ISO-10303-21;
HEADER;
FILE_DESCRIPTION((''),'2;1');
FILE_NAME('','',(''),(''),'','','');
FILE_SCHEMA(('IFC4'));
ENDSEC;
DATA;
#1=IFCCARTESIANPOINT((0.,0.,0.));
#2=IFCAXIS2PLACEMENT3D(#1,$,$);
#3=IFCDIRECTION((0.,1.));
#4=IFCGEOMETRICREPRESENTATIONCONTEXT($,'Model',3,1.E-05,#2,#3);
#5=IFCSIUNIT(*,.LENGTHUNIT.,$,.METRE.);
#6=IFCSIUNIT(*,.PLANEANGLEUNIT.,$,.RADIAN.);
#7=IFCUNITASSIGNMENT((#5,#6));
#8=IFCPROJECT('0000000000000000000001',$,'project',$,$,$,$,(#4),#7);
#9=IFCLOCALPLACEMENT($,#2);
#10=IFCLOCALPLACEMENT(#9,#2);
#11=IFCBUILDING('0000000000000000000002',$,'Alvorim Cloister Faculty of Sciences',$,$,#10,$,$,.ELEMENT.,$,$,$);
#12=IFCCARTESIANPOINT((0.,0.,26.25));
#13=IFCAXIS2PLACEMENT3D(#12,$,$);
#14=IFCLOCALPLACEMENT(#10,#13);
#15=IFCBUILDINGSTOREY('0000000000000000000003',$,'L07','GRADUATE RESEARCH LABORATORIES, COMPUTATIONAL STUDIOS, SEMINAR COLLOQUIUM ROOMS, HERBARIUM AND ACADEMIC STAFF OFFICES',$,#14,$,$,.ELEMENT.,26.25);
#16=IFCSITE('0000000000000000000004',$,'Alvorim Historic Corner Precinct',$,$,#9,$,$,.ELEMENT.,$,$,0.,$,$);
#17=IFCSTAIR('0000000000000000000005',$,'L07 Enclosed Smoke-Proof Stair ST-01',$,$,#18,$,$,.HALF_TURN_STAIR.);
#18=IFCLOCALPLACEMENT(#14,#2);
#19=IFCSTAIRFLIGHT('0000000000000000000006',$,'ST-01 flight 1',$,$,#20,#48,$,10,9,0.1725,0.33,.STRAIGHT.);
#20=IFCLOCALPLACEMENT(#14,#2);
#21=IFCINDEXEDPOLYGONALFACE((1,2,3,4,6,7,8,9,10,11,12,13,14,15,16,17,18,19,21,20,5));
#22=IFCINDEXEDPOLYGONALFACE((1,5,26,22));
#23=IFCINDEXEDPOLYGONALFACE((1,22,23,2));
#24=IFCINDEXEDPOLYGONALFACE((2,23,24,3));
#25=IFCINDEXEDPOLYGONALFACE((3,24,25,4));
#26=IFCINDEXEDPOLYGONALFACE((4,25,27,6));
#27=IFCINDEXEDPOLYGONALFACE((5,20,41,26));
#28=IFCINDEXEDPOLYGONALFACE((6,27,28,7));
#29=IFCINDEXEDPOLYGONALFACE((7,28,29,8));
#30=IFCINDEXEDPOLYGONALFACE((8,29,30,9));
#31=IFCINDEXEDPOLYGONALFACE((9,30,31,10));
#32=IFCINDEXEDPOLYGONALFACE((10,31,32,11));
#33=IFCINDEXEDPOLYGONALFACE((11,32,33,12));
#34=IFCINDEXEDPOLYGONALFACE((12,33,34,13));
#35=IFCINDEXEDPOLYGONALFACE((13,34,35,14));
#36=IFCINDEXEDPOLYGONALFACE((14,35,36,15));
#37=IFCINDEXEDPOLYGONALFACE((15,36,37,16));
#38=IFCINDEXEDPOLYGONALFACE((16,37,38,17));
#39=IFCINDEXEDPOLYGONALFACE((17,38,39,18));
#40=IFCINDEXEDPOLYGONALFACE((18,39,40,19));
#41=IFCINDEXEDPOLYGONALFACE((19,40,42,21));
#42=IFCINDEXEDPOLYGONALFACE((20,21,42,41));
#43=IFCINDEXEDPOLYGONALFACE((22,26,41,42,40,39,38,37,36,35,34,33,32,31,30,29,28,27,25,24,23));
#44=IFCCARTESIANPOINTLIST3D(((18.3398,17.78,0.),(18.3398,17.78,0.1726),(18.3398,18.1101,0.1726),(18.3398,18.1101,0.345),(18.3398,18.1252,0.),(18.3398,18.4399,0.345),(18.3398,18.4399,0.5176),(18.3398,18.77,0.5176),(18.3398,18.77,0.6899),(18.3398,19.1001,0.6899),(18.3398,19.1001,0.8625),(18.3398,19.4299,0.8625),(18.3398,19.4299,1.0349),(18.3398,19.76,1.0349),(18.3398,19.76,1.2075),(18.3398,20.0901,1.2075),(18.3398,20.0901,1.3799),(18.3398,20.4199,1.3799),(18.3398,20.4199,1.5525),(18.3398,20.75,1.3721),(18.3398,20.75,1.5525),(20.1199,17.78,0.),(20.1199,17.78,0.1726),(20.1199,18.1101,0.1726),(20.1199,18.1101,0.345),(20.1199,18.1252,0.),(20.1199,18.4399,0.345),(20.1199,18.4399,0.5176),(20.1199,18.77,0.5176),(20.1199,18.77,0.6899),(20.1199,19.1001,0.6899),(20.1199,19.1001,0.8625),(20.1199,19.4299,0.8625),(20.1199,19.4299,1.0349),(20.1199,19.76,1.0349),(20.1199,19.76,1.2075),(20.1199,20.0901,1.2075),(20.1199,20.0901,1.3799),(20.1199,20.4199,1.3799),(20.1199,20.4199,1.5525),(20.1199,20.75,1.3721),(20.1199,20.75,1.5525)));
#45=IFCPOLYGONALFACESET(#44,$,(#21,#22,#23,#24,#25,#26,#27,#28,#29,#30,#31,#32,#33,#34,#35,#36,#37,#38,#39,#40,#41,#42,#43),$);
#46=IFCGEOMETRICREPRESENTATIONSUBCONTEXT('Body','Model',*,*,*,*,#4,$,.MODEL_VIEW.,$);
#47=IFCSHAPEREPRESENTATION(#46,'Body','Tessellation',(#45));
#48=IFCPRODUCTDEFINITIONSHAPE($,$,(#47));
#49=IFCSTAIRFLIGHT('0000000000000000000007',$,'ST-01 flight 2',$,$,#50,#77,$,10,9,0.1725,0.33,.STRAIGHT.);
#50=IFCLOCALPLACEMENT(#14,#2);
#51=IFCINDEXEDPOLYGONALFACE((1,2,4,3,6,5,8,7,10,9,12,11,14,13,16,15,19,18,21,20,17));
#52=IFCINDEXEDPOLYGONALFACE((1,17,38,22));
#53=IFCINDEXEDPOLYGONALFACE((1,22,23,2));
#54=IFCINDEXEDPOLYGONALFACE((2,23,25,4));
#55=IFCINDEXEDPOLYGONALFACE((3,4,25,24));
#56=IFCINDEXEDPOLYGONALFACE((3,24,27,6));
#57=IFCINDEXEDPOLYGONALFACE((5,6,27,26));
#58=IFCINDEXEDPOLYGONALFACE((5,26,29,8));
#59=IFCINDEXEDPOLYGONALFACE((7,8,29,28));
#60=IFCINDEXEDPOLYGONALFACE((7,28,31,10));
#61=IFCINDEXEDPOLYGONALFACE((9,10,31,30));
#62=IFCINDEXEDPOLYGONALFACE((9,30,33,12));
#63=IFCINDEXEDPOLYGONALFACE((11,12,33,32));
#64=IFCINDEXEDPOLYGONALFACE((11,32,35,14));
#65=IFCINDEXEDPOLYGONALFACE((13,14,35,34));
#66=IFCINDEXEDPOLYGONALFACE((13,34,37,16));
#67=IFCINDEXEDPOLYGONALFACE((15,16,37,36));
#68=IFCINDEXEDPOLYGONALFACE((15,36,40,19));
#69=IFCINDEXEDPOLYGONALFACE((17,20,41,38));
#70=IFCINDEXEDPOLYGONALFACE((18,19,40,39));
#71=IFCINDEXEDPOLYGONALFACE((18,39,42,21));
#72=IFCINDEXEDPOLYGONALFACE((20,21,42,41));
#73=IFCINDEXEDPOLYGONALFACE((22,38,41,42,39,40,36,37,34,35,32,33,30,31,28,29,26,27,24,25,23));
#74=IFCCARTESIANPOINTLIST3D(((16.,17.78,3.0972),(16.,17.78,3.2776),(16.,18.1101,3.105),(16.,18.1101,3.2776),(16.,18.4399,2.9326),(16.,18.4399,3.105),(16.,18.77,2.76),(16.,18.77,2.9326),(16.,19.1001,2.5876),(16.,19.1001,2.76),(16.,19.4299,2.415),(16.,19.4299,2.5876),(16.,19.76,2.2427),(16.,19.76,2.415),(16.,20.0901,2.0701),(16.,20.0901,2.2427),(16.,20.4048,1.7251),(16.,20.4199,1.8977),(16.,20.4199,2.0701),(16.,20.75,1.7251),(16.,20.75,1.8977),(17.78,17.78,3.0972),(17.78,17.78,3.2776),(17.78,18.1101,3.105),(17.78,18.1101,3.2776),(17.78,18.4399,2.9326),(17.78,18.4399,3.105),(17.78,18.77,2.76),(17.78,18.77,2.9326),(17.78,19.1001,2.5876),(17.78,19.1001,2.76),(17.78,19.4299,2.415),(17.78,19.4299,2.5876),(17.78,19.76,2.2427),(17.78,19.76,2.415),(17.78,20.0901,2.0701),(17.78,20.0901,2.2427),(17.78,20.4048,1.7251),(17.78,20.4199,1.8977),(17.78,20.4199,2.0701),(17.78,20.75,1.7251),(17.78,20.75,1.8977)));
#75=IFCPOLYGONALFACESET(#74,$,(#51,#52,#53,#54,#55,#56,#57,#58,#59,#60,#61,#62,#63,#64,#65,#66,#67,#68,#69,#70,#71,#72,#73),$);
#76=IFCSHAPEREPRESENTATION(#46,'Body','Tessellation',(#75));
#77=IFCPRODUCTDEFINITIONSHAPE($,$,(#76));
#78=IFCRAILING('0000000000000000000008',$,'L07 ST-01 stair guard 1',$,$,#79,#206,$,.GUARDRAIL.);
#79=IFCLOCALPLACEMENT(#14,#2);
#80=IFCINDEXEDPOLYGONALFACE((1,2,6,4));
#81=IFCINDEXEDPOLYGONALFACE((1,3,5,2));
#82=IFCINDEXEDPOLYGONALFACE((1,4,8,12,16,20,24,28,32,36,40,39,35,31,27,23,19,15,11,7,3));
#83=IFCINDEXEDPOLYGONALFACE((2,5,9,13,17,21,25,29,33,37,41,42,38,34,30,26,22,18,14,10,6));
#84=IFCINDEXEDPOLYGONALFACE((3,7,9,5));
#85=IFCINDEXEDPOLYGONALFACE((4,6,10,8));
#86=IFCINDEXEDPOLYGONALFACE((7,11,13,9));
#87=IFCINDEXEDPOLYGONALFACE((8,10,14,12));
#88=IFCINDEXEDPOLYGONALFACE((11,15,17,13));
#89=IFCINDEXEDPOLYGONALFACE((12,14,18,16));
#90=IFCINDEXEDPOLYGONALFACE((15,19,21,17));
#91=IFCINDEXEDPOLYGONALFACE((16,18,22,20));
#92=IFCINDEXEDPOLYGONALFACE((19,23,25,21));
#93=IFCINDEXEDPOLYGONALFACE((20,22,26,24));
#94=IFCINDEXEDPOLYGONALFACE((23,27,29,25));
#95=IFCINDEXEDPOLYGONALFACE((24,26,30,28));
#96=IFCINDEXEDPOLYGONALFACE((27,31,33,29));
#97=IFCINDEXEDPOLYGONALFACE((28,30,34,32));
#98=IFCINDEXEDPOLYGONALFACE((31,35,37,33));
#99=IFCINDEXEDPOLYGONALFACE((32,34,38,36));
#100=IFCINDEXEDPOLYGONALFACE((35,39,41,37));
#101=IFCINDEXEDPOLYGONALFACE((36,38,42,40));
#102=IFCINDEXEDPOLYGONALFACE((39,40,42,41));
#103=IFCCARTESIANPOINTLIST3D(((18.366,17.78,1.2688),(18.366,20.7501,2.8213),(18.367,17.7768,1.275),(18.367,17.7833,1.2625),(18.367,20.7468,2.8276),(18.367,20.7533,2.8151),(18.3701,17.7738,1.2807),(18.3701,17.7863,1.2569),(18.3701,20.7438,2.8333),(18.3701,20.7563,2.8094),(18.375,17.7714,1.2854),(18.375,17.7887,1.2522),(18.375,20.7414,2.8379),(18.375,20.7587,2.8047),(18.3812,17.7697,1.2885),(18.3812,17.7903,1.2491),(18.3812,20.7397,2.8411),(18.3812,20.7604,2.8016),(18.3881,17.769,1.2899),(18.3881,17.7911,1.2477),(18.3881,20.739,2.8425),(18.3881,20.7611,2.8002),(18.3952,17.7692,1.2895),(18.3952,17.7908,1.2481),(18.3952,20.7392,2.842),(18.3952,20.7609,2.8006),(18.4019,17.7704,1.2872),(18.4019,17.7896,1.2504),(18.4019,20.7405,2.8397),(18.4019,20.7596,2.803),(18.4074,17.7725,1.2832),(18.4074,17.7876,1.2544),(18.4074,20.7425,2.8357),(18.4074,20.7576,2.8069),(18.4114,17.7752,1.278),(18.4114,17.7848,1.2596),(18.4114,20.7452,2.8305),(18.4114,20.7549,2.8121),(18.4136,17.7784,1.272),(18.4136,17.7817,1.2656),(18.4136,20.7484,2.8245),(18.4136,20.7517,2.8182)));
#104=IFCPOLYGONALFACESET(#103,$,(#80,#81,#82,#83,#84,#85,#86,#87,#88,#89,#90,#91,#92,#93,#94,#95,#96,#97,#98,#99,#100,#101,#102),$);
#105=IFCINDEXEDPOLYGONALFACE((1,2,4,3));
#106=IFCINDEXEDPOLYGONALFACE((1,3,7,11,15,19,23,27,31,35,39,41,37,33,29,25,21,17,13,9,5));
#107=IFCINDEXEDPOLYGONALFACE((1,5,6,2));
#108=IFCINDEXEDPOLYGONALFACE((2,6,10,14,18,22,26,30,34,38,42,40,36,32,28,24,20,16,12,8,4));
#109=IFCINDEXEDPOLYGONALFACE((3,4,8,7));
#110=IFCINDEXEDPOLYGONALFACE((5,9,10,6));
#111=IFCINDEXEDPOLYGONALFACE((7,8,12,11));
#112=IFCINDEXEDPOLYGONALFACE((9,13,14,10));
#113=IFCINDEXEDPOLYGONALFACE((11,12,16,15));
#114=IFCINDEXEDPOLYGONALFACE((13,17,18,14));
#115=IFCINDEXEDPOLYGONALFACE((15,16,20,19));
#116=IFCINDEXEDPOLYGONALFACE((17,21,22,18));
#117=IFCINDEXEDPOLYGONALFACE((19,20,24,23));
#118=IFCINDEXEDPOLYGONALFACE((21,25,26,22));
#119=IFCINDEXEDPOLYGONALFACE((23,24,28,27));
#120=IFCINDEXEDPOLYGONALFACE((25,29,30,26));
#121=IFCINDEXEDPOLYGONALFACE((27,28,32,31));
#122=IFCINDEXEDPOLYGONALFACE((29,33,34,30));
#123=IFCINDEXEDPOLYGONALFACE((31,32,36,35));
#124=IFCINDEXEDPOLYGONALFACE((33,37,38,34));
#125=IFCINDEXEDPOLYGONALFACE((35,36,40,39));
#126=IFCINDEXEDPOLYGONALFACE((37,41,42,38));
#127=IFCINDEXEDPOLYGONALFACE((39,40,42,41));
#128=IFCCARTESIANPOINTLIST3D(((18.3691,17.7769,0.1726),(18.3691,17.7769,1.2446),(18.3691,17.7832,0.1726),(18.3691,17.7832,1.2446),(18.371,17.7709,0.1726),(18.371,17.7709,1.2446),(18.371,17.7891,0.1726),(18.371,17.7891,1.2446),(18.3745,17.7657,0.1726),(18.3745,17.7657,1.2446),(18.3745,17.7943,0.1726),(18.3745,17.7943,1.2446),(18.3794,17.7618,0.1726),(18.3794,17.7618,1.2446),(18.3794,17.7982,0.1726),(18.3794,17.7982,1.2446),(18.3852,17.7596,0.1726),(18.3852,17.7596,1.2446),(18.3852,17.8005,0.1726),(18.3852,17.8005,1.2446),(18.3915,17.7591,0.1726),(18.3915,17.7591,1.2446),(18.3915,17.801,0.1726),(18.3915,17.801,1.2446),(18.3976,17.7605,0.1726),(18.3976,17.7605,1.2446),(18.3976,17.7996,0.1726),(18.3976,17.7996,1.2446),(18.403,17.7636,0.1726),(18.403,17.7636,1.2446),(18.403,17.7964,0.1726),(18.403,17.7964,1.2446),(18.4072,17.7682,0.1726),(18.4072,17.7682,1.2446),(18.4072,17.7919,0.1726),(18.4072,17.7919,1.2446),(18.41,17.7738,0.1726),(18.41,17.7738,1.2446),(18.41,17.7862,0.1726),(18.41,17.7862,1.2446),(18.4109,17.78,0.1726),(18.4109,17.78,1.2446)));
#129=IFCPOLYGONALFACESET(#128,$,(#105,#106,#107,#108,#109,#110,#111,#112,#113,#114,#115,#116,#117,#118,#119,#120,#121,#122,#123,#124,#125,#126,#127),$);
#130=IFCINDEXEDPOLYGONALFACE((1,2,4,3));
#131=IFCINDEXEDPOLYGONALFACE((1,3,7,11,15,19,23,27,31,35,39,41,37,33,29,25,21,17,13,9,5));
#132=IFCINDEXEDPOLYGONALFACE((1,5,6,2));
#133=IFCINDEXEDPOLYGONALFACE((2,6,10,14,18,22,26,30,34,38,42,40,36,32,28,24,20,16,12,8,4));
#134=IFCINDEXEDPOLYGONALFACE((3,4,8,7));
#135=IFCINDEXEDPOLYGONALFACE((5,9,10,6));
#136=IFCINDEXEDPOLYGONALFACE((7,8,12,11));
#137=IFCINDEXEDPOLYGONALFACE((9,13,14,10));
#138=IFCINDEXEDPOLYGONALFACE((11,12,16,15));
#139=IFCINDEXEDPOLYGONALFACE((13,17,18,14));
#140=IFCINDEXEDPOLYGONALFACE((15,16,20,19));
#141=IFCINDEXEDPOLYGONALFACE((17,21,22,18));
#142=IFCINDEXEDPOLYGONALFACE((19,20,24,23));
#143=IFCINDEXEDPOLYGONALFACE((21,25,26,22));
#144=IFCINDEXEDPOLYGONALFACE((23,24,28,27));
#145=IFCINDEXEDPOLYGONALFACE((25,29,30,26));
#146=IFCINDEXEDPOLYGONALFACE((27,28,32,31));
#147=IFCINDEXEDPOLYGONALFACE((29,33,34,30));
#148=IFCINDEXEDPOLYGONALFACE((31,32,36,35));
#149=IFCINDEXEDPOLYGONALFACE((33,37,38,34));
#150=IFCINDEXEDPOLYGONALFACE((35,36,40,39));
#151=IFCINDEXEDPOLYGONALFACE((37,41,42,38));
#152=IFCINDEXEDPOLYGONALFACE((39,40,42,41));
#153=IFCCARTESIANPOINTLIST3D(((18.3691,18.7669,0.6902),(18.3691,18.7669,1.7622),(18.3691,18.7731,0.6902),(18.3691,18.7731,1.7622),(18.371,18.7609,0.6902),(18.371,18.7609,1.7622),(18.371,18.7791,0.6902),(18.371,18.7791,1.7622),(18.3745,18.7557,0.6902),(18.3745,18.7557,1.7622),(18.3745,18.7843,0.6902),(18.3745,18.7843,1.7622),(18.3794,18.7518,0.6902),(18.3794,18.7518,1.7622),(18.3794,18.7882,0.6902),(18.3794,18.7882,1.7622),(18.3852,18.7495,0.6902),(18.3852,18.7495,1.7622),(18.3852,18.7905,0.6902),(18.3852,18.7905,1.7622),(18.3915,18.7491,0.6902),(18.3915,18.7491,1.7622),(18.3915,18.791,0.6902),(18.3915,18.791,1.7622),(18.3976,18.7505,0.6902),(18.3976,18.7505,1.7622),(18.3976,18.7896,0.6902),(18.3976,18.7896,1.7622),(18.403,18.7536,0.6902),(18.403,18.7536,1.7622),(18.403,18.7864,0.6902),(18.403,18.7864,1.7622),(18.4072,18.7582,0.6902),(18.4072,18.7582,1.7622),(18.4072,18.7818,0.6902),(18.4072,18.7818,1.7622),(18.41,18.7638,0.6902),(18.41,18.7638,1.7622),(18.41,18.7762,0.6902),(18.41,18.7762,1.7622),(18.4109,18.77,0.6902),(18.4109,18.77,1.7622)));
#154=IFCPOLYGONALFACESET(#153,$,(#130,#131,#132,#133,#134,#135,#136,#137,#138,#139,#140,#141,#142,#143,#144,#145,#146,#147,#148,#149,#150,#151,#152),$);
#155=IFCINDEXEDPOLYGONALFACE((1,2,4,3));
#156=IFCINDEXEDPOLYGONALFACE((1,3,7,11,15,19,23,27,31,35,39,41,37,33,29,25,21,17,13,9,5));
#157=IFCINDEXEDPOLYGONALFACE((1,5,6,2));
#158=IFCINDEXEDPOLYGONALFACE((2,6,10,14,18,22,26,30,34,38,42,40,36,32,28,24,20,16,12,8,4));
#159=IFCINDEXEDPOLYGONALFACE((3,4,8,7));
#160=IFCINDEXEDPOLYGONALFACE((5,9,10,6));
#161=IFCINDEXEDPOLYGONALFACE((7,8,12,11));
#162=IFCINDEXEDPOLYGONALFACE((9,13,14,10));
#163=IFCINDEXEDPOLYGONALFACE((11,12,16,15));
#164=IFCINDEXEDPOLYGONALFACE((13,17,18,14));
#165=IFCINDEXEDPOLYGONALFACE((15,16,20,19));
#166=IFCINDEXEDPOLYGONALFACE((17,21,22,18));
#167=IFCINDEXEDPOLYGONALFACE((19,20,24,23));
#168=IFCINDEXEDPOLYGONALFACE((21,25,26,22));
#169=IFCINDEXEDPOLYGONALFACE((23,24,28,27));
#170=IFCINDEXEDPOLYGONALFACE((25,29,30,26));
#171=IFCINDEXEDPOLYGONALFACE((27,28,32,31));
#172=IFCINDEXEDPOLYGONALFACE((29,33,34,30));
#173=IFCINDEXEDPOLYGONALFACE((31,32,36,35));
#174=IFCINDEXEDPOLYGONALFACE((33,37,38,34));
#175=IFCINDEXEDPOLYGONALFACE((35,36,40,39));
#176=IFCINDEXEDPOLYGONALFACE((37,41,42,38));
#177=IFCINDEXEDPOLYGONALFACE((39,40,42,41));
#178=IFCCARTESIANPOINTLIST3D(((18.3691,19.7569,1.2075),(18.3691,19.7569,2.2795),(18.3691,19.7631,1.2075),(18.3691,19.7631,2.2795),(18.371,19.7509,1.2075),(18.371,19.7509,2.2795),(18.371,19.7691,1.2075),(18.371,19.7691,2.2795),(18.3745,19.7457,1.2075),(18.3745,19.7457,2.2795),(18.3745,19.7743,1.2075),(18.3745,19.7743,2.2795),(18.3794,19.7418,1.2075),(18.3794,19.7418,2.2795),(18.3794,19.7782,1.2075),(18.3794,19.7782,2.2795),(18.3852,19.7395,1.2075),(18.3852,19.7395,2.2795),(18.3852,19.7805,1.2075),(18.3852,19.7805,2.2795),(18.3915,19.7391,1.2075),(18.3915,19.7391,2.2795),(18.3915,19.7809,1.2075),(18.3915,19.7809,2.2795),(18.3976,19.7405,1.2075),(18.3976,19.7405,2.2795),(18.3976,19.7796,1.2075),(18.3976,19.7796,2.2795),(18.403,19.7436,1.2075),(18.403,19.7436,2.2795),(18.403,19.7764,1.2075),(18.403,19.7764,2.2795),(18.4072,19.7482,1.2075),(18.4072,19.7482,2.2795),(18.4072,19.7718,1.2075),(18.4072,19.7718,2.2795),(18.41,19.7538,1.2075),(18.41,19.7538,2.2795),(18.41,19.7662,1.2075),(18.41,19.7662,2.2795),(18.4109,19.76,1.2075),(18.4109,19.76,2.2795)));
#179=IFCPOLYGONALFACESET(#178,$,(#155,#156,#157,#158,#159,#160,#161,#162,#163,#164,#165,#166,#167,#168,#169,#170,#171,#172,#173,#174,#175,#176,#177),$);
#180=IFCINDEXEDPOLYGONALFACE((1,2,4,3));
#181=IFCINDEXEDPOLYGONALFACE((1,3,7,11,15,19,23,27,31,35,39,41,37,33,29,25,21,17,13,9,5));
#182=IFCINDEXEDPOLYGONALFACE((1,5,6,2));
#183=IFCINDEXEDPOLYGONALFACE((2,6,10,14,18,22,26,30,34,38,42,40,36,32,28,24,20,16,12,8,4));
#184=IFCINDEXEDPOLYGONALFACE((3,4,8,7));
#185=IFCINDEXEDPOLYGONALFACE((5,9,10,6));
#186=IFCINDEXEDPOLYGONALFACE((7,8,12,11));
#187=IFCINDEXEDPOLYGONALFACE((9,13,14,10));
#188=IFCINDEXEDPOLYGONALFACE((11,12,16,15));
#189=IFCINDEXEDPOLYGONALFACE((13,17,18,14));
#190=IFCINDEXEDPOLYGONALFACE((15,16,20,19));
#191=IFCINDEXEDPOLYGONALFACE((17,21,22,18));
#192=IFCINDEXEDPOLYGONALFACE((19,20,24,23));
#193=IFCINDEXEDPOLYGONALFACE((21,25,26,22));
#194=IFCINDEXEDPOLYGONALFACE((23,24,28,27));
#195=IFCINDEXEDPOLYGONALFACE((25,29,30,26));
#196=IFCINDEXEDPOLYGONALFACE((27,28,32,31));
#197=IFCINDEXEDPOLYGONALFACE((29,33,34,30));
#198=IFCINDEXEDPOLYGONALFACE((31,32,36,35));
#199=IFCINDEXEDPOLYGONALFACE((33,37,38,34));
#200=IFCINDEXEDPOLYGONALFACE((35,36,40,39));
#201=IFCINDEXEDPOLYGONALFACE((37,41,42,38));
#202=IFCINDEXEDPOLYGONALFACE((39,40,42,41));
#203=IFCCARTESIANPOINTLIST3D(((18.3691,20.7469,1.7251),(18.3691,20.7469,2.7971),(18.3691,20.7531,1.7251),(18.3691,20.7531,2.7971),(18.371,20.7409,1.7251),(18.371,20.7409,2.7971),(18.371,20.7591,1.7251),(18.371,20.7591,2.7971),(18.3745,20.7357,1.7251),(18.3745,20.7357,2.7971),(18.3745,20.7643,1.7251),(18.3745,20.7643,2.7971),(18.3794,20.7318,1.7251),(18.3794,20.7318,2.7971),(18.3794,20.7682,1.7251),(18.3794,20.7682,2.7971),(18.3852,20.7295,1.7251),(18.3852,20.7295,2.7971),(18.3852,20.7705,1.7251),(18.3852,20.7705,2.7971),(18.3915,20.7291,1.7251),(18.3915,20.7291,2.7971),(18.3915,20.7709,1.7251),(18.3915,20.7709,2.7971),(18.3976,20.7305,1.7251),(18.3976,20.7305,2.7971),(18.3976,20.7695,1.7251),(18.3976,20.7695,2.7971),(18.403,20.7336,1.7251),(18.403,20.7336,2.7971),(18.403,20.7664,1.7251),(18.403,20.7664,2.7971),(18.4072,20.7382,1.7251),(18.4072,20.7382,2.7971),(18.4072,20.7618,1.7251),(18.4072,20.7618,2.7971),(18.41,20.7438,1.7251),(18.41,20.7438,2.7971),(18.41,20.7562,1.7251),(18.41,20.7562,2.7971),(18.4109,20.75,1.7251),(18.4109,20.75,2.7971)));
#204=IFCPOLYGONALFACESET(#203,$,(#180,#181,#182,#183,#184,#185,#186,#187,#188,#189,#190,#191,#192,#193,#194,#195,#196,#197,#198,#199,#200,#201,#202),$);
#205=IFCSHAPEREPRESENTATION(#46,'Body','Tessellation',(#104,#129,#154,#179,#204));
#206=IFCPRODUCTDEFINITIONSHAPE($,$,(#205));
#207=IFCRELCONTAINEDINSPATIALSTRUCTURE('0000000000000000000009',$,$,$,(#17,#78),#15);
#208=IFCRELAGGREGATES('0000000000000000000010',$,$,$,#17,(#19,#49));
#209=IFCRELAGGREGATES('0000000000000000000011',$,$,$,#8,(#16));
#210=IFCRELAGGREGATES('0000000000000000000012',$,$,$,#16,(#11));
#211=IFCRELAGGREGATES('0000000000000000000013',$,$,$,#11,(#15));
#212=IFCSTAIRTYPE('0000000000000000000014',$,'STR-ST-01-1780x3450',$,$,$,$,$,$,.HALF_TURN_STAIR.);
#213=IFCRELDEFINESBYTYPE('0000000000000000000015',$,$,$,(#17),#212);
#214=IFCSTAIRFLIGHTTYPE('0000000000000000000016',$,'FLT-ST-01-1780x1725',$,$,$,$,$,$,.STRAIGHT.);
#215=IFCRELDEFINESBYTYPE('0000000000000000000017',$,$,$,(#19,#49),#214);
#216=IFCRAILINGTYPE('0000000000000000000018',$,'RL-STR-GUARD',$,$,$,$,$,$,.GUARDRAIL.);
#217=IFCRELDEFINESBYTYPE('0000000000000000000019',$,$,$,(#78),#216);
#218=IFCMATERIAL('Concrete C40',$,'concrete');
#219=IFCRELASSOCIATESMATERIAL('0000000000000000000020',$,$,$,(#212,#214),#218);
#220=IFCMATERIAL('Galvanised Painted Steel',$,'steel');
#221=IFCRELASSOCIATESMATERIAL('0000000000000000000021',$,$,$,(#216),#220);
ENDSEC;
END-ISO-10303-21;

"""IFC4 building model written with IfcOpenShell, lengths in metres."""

from ifc_helpers import new_model, si_unit, direction, frame, origin, origin_2d, place, context, subcontext, project, spatial, polyline, circle, outline, extrude, material, type_object, element, aggregate, save


model = new_model("IFC4")

# Units and contexts
model_context = context("Model", 3, precision=1e-05, world=origin(), true_north=direction((0.0, 1.0)))
body_context = subcontext(model_context, "Body", "Model", "MODEL_VIEW")
ifc_project = project(units=[si_unit("LENGTHUNIT", "METRE"), si_unit("PLANEANGLEUNIT", "RADIAN")], contexts=[model_context])

# Site, building, storey
site_placement = place(None, origin())
site = spatial("IfcSite", under=ifc_project, at=site_placement, Name="Alvorim Historic Corner Precinct", CompositionType="ELEMENT", RefElevation=0.0)
building_placement = place(site_placement, origin())
building = spatial("IfcBuilding", under=site, at=building_placement, Name="Alvorim Cloister Faculty of Sciences", CompositionType="ELEMENT")
storey_placement = place(building_placement, frame((0.0, 0.0, 26.25)))
storey = spatial("IfcBuildingStorey", under=building, at=storey_placement, Name="L07", Description="GRADUATE RESEARCH LABORATORIES, COMPUTATIONAL STUDIOS, SEMINAR COLLOQUIUM ROOMS, HERBARIUM AND ACADEMIC STAFF OFFICES", CompositionType="ELEMENT", Elevation=26.25)

# Shared definitions
ifc_material_1 = material(Name="Concrete C40", Category="concrete")

# Stair, stair flights
stair_type = type_object("IfcStairType", Name="STR-ST-01-1780x3450", PredefinedType="HALF_TURN_STAIR", material=ifc_material_1)
stair_placement = place(storey_placement, origin())
stair = element("IfcStair", 1, at=stair_placement, inside=storey, type_object=stair_type, Name="L07 Enclosed Smoke-Proof Stair ST-01", PredefinedType="HALF_TURN_STAIR")
stair_flight_type = type_object("IfcStairFlightType", Name="FLT-ST-01-1780x1725", PredefinedType="STRAIGHT", material=ifc_material_1)
stair_flight_1_placement = place(storey_placement, frame((19.23, 17.78, 0.0), z_axis=(0.0, 0.0, 1.0), x_axis=(0.0, 1.0, 0.0)))
stair_flight_1 = element("IfcStairFlight", 2, at=stair_flight_1_placement, type_object=stair_flight_type, Name="ST-01 flight 1", NumberOfRisers=10, NumberOfTreads=9, PredefinedType="STRAIGHT", RiserHeight=0.1725, TreadLength=0.33, context=body_context, shape_type="SweptSolid", body=[
    extrude(outline(polyline([(0.3452, 0.0), (2.97, 1.3721), (2.97, 1.7251), (2.97, 1.5525), (2.6399, 1.5525), (2.6399, 1.3799), (2.3101, 1.3799), (2.3101, 1.2075), (1.98, 1.2075), (1.98, 1.0349), (1.6499, 1.0349), (1.6499, 0.8625), (1.3201, 0.8625), (1.3201, 0.6899), (0.99, 0.6899), (0.99, 0.5176), (0.6599, 0.5176), (0.6599, 0.345), (0.3301, 0.345), (0.3301, 0.1726), (0.0, 0.1726), (0.0, 0.0), (0.3452, 0.0)])), frame((0.0, 0.8901, 0.0), z_axis=(0.0, -1.0, 0.0), x_axis=(1.0, 0.0, 0.0)), (0.0, 0.0, 1.0), 1.78),
])
stair_flight_2_placement = place(storey_placement, frame((16.8899, 20.75, 1.7251), z_axis=(0.0, 0.0, 1.0), x_axis=(0.0, -1.0, 0.0)))
stair_flight_2 = element("IfcStairFlight", 3, at=stair_flight_2_placement, type_object=stair_flight_type, Name="ST-01 flight 2", NumberOfRisers=10, NumberOfTreads=9, PredefinedType="STRAIGHT", RiserHeight=0.1725, TreadLength=0.33, context=body_context, shape_type="SweptSolid", body=[
    extrude(outline(polyline([(0.3452, 0.0), (2.97, 1.3721), (2.97, 1.7251), (2.97, 1.5525), (2.6399, 1.5525), (2.6399, 1.3799), (2.3101, 1.3799), (2.3101, 1.2075), (1.98, 1.2075), (1.98, 1.0349), (1.6499, 1.0349), (1.6499, 0.8625), (1.3201, 0.8625), (1.3201, 0.6899), (0.99, 0.6899), (0.99, 0.5176), (0.6599, 0.5176), (0.6599, 0.345), (0.3301, 0.345), (0.3301, 0.1726), (0.0, 0.1726), (0.0, 0.0), (0.3452, 0.0)])), frame((0.0, 0.8901, 0.0), z_axis=(0.0, -1.0, 0.0), x_axis=(1.0, 0.0, 0.0)), (0.0, 0.0, 1.0), 1.78),
])
aggregate(stair, [stair_flight_1, stair_flight_2])

# Railing
ifc_material_2 = material(Name="Galvanised Painted Steel", Category="steel")
railing_type_1 = type_object("IfcRailingType", Name="RL-STR-GUARD", PredefinedType="GUARDRAIL", material=ifc_material_2)
railing_1_placement = place(storey_placement, frame((18.3899, 17.78, 0.1726)))
element("IfcRailing", 4, at=railing_1_placement, inside=storey, type_object=railing_type_1, Name="L07 ST-01 stair guard 1", PredefinedType="GUARDRAIL", context=body_context, shape_type="SweptSolid", body=[
    extrude(circle(Radius=0.0239, at=origin_2d()), frame((0.0, 0.0, 1.0962), z_axis=(0.0, 0.886225, 0.463256), x_axis=(-1.0, 0.0, 0.0)), (0.0, 0.0, 1.0), 3.3513),
    extrude(circle(Radius=0.021, at=origin_2d()), origin(), (0.0, 0.0, 1.0), 1.072),
    extrude(circle(Radius=0.021, at=origin_2d()), frame((0.0, 0.99, 0.5176)), (0.0, 0.0, 1.0), 1.072),
    extrude(circle(Radius=0.021, at=origin_2d()), frame((0.0, 1.98, 1.0349)), (0.0, 0.0, 1.0), 1.072),
    extrude(circle(Radius=0.021, at=origin_2d()), frame((0.0, 2.97, 1.5525)), (0.0, 0.0, 1.0), 1.072),
])

save(model, "model.ifc")
